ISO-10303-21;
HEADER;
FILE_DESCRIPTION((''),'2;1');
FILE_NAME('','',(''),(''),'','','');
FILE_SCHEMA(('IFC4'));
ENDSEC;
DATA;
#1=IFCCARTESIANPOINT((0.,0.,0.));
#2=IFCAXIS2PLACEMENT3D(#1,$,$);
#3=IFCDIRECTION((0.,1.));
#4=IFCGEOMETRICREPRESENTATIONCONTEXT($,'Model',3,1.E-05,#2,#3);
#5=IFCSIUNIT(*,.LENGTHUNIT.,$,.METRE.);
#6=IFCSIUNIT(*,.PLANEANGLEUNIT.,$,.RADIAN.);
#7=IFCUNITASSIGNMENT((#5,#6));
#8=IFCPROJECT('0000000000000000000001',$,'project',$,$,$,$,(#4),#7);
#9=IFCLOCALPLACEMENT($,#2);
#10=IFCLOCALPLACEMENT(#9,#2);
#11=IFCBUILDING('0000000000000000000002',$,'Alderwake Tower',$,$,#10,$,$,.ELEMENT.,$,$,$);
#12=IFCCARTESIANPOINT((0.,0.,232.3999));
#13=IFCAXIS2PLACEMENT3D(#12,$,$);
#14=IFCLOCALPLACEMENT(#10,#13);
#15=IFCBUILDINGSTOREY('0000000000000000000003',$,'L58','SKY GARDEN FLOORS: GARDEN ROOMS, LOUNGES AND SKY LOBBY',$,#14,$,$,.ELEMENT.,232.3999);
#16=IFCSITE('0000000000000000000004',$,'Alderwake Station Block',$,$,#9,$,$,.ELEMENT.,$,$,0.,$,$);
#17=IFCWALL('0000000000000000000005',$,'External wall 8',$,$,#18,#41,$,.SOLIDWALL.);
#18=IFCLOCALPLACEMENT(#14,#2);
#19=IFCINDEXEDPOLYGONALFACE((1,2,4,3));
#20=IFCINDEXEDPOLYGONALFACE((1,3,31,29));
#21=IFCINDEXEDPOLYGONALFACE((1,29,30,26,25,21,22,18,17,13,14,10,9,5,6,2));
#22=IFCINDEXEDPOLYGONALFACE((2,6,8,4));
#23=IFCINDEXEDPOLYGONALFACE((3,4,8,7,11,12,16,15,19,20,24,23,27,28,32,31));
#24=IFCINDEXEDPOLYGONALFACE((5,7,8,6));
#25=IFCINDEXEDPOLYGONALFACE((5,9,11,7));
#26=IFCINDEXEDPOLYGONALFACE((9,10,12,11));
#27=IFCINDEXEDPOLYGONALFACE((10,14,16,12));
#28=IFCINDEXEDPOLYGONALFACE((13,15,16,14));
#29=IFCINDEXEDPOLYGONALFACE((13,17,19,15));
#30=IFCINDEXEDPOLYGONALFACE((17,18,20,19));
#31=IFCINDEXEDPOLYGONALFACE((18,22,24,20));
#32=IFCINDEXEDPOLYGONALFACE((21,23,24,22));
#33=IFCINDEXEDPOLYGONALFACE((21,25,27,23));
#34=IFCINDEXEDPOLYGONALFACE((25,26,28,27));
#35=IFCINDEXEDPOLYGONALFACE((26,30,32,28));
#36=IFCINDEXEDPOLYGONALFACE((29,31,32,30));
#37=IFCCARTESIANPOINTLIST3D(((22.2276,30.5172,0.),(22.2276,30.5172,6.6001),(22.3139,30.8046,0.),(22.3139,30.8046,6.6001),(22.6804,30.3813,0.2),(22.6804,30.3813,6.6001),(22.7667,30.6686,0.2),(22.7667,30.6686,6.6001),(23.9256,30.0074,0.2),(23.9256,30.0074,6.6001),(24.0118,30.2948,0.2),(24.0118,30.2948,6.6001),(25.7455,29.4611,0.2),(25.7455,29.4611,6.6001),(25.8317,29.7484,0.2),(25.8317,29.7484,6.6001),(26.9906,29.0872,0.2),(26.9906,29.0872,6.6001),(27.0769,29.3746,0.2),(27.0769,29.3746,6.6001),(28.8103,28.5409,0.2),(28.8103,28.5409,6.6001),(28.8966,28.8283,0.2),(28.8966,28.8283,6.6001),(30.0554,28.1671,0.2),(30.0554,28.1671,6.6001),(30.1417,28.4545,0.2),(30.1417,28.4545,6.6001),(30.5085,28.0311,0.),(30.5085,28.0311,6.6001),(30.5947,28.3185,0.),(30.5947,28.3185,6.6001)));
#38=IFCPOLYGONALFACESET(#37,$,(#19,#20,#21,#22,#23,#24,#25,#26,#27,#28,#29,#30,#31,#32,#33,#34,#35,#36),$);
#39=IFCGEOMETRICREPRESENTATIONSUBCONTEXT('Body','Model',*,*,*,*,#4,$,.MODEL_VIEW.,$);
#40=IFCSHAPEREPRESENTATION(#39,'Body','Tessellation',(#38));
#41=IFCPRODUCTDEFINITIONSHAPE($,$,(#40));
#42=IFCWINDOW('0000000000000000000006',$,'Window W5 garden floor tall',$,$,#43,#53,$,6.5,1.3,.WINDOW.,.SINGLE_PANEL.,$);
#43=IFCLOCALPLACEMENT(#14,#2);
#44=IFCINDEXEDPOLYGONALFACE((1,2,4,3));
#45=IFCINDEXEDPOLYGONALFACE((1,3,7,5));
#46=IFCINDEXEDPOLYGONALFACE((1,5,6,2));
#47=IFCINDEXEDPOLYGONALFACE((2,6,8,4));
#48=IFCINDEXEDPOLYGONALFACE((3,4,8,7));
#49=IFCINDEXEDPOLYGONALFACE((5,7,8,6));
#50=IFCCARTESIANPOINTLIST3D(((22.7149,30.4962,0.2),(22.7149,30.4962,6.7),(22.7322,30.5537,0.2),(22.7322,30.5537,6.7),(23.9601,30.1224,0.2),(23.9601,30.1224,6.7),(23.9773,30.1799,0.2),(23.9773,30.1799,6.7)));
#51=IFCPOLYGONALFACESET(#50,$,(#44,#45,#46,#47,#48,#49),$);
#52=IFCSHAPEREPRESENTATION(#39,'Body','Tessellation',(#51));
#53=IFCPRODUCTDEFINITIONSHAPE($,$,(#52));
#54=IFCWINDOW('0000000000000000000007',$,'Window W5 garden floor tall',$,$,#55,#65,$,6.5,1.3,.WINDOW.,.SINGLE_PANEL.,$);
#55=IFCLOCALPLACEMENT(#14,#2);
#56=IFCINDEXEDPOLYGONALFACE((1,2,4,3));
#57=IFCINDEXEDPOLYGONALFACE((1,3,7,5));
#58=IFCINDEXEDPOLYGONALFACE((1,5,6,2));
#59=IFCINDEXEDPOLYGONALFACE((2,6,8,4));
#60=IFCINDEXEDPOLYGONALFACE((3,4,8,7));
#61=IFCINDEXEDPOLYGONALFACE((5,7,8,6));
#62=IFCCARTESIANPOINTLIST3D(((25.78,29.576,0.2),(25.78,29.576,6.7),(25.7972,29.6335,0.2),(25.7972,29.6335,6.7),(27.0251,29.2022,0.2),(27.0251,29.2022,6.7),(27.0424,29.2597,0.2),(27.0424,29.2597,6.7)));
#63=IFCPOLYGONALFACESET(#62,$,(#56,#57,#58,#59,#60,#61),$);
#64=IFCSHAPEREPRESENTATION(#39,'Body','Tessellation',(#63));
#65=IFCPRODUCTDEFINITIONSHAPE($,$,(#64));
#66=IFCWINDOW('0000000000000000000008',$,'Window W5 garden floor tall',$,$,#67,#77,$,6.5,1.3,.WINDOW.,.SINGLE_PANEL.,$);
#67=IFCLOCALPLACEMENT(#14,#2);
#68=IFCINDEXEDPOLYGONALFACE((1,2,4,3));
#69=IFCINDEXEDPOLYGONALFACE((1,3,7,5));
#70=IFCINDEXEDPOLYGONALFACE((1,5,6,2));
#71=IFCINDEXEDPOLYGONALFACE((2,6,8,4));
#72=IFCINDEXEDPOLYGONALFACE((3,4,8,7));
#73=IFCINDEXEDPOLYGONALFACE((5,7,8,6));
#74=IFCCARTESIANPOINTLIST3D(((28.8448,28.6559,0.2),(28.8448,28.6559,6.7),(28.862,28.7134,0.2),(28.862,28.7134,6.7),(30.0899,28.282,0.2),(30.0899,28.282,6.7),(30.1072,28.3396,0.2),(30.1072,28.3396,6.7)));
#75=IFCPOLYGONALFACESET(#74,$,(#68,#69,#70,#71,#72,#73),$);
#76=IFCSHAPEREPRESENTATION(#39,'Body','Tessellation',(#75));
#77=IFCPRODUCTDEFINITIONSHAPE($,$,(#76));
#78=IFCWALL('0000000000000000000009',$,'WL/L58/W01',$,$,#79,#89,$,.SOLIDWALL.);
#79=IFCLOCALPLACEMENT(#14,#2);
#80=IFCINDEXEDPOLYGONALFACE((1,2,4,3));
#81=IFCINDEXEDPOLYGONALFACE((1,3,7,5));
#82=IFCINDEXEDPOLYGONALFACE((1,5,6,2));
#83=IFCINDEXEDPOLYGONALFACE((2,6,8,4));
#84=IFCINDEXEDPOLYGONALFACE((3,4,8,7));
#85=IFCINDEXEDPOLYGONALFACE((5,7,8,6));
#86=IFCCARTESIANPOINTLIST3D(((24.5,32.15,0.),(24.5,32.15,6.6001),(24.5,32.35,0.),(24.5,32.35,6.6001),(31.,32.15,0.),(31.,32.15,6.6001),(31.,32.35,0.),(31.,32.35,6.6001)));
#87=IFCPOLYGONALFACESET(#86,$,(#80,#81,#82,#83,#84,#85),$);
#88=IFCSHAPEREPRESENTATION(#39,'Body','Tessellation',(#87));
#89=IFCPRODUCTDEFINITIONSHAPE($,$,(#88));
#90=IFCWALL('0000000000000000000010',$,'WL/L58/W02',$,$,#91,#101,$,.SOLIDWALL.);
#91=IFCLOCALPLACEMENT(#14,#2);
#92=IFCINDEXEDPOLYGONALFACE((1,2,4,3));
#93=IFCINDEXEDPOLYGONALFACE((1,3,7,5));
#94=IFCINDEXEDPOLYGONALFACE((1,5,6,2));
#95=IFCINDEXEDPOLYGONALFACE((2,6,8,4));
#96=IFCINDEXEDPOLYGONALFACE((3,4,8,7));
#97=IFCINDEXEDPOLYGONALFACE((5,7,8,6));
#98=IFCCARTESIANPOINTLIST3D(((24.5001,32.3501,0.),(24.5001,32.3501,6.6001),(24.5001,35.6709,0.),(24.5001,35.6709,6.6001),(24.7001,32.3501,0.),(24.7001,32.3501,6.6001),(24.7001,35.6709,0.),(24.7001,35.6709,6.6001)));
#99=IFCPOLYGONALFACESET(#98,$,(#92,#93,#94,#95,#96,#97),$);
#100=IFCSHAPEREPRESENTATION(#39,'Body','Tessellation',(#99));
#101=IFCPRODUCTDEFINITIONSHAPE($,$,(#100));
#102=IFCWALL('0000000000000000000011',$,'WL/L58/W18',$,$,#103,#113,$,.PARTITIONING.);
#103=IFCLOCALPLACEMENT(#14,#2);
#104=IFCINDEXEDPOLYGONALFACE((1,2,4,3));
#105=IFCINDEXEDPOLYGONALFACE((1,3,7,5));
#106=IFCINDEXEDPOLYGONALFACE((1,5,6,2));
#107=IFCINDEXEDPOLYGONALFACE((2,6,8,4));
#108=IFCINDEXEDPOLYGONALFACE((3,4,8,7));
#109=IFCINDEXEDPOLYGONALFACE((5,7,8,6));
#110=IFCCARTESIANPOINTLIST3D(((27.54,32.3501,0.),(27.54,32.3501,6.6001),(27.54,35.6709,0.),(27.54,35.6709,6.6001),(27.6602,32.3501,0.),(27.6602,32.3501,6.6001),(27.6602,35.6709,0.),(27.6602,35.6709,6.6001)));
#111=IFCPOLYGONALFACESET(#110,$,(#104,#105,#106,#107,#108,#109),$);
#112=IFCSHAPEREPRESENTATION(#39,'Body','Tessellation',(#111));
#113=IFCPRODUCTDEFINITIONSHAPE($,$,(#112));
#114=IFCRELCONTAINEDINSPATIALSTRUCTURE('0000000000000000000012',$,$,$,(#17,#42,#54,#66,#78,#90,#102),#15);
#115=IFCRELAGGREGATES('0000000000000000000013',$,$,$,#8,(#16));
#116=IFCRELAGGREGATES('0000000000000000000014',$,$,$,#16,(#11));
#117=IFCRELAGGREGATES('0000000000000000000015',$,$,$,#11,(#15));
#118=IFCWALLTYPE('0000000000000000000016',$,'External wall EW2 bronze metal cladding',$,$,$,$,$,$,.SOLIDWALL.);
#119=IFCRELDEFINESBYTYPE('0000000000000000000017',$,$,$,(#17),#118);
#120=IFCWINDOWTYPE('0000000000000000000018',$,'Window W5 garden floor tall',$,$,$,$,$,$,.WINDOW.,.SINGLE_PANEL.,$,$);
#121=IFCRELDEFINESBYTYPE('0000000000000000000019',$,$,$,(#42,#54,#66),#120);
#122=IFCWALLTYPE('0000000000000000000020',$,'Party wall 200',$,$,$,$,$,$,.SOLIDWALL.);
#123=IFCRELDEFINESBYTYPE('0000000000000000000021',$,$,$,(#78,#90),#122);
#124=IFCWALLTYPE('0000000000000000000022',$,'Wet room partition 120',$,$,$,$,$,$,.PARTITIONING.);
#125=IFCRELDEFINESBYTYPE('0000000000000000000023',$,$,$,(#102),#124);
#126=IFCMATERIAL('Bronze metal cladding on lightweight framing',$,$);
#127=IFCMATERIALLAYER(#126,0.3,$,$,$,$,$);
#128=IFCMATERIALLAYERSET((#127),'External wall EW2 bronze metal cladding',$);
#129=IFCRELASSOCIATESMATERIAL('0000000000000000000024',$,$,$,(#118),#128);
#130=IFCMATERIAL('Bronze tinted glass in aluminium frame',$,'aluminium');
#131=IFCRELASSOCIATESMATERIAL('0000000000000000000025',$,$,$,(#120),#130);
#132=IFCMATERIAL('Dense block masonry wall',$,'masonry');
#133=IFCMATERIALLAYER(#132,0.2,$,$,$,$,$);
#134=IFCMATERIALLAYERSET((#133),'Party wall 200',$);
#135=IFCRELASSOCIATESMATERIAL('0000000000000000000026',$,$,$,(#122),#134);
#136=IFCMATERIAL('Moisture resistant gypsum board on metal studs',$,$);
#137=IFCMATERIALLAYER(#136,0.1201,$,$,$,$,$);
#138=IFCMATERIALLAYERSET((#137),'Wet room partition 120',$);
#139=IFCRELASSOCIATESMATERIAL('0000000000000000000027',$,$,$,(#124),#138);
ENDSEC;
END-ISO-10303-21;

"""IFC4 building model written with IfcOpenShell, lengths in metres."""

from ifc_helpers import new_model, si_unit, direction, frame, frame_2d, origin, place, context, subcontext, project, spatial, rectangle, extrude, material, layer, layer_set, type_object, element, fill, save


model = new_model("IFC4")

# Units and contexts
model_context = context("Model", 3, precision=1e-05, world=origin(), true_north=direction((0.0, 1.0)))
body_context = subcontext(model_context, "Body", "Model", "MODEL_VIEW")
ifc_project = project(units=[si_unit("LENGTHUNIT", "METRE"), si_unit("PLANEANGLEUNIT", "RADIAN")], contexts=[model_context])

# Site, building, storey
site_placement = place(None, origin())
site = spatial("IfcSite", under=ifc_project, at=site_placement, Name="Alderwake Station Block", CompositionType="ELEMENT", RefElevation=0.0)
building_placement = place(site_placement, origin())
building = spatial("IfcBuilding", under=site, at=building_placement, Name="Alderwake Tower", CompositionType="ELEMENT")
storey_placement = place(building_placement, frame((0.0, 0.0, 232.3999)))
storey = spatial("IfcBuildingStorey", under=building, at=storey_placement, Name="L58", Description="SKY GARDEN FLOORS: GARDEN ROOMS, LOUNGES AND SKY LOBBY", CompositionType="ELEMENT", Elevation=232.3999)

# Shared definitions
ifc_material_1 = material(Name="Bronze metal cladding on lightweight framing")
ifc_layer_1 = layer(ifc_material_1, 0.3)
ifc_layer_set_1 = layer_set([ifc_layer_1], Name="External wall EW2 bronze metal cladding")
wall_type_1 = type_object("IfcWallType", Name="External wall EW2 bronze metal cladding", PredefinedType="SOLIDWALL", material=ifc_layer_set_1)
ifc_material_2 = material(Name="Bronze tinted glass in aluminium frame", Category="aluminium")
window_type = type_object("IfcWindowType", Name="Window W5 garden floor tall", PartitioningType="SINGLE_PANEL", PredefinedType="WINDOW", material=ifc_material_2)

# Wall, openings, windows
wall_1_placement = place(storey_placement, frame((22.2708, 30.6609, 0.0), z_axis=(0.0, 0.0, 1.0), x_axis=(0.957767, -0.287545, 0.0)))
wall_1 = element("IfcWall", 1, at=wall_1_placement, inside=storey, type_object=wall_type_1, Name="External wall 8", PredefinedType="SOLIDWALL", context=body_context, shape_type="SweptSolid", body=[
    extrude(rectangle(XDim=8.646, YDim=0.3, at=frame_2d((4.323, 0.0))), origin(), (0.0, 0.0, 1.0), 6.6001),
])
opening_1_placement = place(wall_1_placement, frame((0.4729, 0.0, 0.2)))
opening_1 = element("IfcOpeningElement", 2, at=opening_1_placement, cuts=wall_1, PredefinedType="OPENING", context=body_context, shape_type="SweptSolid", body=[
    extrude(rectangle(XDim=1.3, YDim=6.5, at=frame_2d((0.6499, 3.25))), frame((0.0, 0.1599, 0.0), z_axis=(0.0, -1.0, 0.0), x_axis=(1.0, 0.0, 0.0)), (0.0, 0.0, 1.0), 0.3201),
])
opening_2_placement = place(wall_1_placement, frame((3.6731, 0.0, 0.2)))
opening_2 = element("IfcOpeningElement", 3, at=opening_2_placement, cuts=wall_1, PredefinedType="OPENING", context=body_context, shape_type="SweptSolid", body=[
    extrude(rectangle(XDim=1.3, YDim=6.5, at=frame_2d((0.6499, 3.25))), frame((0.0, 0.1599, 0.0), z_axis=(0.0, -1.0, 0.0), x_axis=(1.0, 0.0, 0.0)), (0.0, 0.0, 1.0), 0.3201),
])
opening_3_placement = place(wall_1_placement, frame((6.873, 0.0, 0.2)))
opening_3 = element("IfcOpeningElement", 4, at=opening_3_placement, cuts=wall_1, PredefinedType="OPENING", context=body_context, shape_type="SweptSolid", body=[
    extrude(rectangle(XDim=1.3, YDim=6.5, at=frame_2d((0.6499, 3.25))), frame((0.0, 0.1599, 0.0), z_axis=(0.0, -1.0, 0.0), x_axis=(1.0, 0.0, 0.0)), (0.0, 0.0, 1.0), 0.3201),
])
window_1_placement = place(opening_1_placement, origin())
window_1 = element("IfcWindow", 5, at=window_1_placement, inside=storey, type_object=window_type, Name="Window W5 garden floor tall", OverallHeight=6.5, OverallWidth=1.3, PartitioningType="SINGLE_PANEL", PredefinedType="WINDOW", context=body_context, shape_type="SweptSolid", body=[
    extrude(rectangle(XDim=1.3, YDim=6.5, at=frame_2d((0.6499, 3.25))), frame((0.0, 0.03, 0.0), z_axis=(0.0, -1.0, 0.0), x_axis=(1.0, 0.0, 0.0)), (0.0, 0.0, 1.0), 0.0601),
])
fill(opening_1, window_1)
window_2_placement = place(opening_2_placement, origin())
window_2 = element("IfcWindow", 6, at=window_2_placement, inside=storey, type_object=window_type, Name="Window W5 garden floor tall", OverallHeight=6.5, OverallWidth=1.3, PartitioningType="SINGLE_PANEL", PredefinedType="WINDOW", context=body_context, shape_type="SweptSolid", body=[
    extrude(rectangle(XDim=1.3, YDim=6.5, at=frame_2d((0.6499, 3.25))), frame((0.0, 0.03, 0.0), z_axis=(0.0, -1.0, 0.0), x_axis=(1.0, 0.0, 0.0)), (0.0, 0.0, 1.0), 0.0601),
])
fill(opening_2, window_2)
window_3_placement = place(opening_3_placement, origin())
window_3 = element("IfcWindow", 7, at=window_3_placement, inside=storey, type_object=window_type, Name="Window W5 garden floor tall", OverallHeight=6.5, OverallWidth=1.3, PartitioningType="SINGLE_PANEL", PredefinedType="WINDOW", context=body_context, shape_type="SweptSolid", body=[
    extrude(rectangle(XDim=1.3, YDim=6.5, at=frame_2d((0.6499, 3.25))), frame((0.0, 0.03, 0.0), z_axis=(0.0, -1.0, 0.0), x_axis=(1.0, 0.0, 0.0)), (0.0, 0.0, 1.0), 0.0601),
])
fill(opening_3, window_3)

# Walls
ifc_material_3 = material(Name="Dense block masonry wall", Category="masonry")
ifc_layer_2 = layer(ifc_material_3, 0.2)
ifc_layer_set_2 = layer_set([ifc_layer_2], Name="Party wall 200")
wall_type_2 = type_object("IfcWallType", Name="Party wall 200", PredefinedType="SOLIDWALL", material=ifc_layer_set_2)
wall_2_placement = place(storey_placement, frame((24.5, 32.25, 0.0), z_axis=(0.0, 0.0, 1.0), x_axis=(1.0, 0.0, 0.0)))
element("IfcWall", 8, at=wall_2_placement, inside=storey, type_object=wall_type_2, Name="WL/L58/W01", PredefinedType="SOLIDWALL", context=body_context, shape_type="SweptSolid", body=[
    extrude(rectangle(XDim=6.5, YDim=0.2, at=frame_2d((3.25, 0.0))), origin(), (0.0, 0.0, 1.0), 6.6001),
])
wall_3_placement = place(storey_placement, frame((24.6001, 35.6709, 0.0), z_axis=(0.0, 0.0, 1.0), x_axis=(0.0, -1.0, 0.0)))
element("IfcWall", 9, at=wall_3_placement, inside=storey, type_object=wall_type_2, Name="WL/L58/W02", PredefinedType="SOLIDWALL", context=body_context, shape_type="SweptSolid", body=[
    extrude(rectangle(XDim=3.3208, YDim=0.2, at=frame_2d((1.6604, 0.0))), origin(), (0.0, 0.0, 1.0), 6.6001),
])
ifc_material_4 = material(Name="Moisture resistant gypsum board on metal studs")
ifc_layer_3 = layer(ifc_material_4, 0.1201)
ifc_layer_set_3 = layer_set([ifc_layer_3], Name="Wet room partition 120")
wall_type_3 = type_object("IfcWallType", Name="Wet room partition 120", PredefinedType="PARTITIONING", material=ifc_layer_set_3)
wall_4_placement = place(storey_placement, frame((27.6001, 32.3501, 0.0), z_axis=(0.0, 0.0, 1.0), x_axis=(0.0, 1.0, 0.0)))
element("IfcWall", 10, at=wall_4_placement, inside=storey, type_object=wall_type_3, Name="WL/L58/W18", PredefinedType="PARTITIONING", context=body_context, shape_type="SweptSolid", body=[
    extrude(rectangle(XDim=3.3208, YDim=0.1201, at=frame_2d((1.6604, 0.0))), origin(), (0.0, 0.0, 1.0), 6.6001),
])

save(model, "model.ifc")
